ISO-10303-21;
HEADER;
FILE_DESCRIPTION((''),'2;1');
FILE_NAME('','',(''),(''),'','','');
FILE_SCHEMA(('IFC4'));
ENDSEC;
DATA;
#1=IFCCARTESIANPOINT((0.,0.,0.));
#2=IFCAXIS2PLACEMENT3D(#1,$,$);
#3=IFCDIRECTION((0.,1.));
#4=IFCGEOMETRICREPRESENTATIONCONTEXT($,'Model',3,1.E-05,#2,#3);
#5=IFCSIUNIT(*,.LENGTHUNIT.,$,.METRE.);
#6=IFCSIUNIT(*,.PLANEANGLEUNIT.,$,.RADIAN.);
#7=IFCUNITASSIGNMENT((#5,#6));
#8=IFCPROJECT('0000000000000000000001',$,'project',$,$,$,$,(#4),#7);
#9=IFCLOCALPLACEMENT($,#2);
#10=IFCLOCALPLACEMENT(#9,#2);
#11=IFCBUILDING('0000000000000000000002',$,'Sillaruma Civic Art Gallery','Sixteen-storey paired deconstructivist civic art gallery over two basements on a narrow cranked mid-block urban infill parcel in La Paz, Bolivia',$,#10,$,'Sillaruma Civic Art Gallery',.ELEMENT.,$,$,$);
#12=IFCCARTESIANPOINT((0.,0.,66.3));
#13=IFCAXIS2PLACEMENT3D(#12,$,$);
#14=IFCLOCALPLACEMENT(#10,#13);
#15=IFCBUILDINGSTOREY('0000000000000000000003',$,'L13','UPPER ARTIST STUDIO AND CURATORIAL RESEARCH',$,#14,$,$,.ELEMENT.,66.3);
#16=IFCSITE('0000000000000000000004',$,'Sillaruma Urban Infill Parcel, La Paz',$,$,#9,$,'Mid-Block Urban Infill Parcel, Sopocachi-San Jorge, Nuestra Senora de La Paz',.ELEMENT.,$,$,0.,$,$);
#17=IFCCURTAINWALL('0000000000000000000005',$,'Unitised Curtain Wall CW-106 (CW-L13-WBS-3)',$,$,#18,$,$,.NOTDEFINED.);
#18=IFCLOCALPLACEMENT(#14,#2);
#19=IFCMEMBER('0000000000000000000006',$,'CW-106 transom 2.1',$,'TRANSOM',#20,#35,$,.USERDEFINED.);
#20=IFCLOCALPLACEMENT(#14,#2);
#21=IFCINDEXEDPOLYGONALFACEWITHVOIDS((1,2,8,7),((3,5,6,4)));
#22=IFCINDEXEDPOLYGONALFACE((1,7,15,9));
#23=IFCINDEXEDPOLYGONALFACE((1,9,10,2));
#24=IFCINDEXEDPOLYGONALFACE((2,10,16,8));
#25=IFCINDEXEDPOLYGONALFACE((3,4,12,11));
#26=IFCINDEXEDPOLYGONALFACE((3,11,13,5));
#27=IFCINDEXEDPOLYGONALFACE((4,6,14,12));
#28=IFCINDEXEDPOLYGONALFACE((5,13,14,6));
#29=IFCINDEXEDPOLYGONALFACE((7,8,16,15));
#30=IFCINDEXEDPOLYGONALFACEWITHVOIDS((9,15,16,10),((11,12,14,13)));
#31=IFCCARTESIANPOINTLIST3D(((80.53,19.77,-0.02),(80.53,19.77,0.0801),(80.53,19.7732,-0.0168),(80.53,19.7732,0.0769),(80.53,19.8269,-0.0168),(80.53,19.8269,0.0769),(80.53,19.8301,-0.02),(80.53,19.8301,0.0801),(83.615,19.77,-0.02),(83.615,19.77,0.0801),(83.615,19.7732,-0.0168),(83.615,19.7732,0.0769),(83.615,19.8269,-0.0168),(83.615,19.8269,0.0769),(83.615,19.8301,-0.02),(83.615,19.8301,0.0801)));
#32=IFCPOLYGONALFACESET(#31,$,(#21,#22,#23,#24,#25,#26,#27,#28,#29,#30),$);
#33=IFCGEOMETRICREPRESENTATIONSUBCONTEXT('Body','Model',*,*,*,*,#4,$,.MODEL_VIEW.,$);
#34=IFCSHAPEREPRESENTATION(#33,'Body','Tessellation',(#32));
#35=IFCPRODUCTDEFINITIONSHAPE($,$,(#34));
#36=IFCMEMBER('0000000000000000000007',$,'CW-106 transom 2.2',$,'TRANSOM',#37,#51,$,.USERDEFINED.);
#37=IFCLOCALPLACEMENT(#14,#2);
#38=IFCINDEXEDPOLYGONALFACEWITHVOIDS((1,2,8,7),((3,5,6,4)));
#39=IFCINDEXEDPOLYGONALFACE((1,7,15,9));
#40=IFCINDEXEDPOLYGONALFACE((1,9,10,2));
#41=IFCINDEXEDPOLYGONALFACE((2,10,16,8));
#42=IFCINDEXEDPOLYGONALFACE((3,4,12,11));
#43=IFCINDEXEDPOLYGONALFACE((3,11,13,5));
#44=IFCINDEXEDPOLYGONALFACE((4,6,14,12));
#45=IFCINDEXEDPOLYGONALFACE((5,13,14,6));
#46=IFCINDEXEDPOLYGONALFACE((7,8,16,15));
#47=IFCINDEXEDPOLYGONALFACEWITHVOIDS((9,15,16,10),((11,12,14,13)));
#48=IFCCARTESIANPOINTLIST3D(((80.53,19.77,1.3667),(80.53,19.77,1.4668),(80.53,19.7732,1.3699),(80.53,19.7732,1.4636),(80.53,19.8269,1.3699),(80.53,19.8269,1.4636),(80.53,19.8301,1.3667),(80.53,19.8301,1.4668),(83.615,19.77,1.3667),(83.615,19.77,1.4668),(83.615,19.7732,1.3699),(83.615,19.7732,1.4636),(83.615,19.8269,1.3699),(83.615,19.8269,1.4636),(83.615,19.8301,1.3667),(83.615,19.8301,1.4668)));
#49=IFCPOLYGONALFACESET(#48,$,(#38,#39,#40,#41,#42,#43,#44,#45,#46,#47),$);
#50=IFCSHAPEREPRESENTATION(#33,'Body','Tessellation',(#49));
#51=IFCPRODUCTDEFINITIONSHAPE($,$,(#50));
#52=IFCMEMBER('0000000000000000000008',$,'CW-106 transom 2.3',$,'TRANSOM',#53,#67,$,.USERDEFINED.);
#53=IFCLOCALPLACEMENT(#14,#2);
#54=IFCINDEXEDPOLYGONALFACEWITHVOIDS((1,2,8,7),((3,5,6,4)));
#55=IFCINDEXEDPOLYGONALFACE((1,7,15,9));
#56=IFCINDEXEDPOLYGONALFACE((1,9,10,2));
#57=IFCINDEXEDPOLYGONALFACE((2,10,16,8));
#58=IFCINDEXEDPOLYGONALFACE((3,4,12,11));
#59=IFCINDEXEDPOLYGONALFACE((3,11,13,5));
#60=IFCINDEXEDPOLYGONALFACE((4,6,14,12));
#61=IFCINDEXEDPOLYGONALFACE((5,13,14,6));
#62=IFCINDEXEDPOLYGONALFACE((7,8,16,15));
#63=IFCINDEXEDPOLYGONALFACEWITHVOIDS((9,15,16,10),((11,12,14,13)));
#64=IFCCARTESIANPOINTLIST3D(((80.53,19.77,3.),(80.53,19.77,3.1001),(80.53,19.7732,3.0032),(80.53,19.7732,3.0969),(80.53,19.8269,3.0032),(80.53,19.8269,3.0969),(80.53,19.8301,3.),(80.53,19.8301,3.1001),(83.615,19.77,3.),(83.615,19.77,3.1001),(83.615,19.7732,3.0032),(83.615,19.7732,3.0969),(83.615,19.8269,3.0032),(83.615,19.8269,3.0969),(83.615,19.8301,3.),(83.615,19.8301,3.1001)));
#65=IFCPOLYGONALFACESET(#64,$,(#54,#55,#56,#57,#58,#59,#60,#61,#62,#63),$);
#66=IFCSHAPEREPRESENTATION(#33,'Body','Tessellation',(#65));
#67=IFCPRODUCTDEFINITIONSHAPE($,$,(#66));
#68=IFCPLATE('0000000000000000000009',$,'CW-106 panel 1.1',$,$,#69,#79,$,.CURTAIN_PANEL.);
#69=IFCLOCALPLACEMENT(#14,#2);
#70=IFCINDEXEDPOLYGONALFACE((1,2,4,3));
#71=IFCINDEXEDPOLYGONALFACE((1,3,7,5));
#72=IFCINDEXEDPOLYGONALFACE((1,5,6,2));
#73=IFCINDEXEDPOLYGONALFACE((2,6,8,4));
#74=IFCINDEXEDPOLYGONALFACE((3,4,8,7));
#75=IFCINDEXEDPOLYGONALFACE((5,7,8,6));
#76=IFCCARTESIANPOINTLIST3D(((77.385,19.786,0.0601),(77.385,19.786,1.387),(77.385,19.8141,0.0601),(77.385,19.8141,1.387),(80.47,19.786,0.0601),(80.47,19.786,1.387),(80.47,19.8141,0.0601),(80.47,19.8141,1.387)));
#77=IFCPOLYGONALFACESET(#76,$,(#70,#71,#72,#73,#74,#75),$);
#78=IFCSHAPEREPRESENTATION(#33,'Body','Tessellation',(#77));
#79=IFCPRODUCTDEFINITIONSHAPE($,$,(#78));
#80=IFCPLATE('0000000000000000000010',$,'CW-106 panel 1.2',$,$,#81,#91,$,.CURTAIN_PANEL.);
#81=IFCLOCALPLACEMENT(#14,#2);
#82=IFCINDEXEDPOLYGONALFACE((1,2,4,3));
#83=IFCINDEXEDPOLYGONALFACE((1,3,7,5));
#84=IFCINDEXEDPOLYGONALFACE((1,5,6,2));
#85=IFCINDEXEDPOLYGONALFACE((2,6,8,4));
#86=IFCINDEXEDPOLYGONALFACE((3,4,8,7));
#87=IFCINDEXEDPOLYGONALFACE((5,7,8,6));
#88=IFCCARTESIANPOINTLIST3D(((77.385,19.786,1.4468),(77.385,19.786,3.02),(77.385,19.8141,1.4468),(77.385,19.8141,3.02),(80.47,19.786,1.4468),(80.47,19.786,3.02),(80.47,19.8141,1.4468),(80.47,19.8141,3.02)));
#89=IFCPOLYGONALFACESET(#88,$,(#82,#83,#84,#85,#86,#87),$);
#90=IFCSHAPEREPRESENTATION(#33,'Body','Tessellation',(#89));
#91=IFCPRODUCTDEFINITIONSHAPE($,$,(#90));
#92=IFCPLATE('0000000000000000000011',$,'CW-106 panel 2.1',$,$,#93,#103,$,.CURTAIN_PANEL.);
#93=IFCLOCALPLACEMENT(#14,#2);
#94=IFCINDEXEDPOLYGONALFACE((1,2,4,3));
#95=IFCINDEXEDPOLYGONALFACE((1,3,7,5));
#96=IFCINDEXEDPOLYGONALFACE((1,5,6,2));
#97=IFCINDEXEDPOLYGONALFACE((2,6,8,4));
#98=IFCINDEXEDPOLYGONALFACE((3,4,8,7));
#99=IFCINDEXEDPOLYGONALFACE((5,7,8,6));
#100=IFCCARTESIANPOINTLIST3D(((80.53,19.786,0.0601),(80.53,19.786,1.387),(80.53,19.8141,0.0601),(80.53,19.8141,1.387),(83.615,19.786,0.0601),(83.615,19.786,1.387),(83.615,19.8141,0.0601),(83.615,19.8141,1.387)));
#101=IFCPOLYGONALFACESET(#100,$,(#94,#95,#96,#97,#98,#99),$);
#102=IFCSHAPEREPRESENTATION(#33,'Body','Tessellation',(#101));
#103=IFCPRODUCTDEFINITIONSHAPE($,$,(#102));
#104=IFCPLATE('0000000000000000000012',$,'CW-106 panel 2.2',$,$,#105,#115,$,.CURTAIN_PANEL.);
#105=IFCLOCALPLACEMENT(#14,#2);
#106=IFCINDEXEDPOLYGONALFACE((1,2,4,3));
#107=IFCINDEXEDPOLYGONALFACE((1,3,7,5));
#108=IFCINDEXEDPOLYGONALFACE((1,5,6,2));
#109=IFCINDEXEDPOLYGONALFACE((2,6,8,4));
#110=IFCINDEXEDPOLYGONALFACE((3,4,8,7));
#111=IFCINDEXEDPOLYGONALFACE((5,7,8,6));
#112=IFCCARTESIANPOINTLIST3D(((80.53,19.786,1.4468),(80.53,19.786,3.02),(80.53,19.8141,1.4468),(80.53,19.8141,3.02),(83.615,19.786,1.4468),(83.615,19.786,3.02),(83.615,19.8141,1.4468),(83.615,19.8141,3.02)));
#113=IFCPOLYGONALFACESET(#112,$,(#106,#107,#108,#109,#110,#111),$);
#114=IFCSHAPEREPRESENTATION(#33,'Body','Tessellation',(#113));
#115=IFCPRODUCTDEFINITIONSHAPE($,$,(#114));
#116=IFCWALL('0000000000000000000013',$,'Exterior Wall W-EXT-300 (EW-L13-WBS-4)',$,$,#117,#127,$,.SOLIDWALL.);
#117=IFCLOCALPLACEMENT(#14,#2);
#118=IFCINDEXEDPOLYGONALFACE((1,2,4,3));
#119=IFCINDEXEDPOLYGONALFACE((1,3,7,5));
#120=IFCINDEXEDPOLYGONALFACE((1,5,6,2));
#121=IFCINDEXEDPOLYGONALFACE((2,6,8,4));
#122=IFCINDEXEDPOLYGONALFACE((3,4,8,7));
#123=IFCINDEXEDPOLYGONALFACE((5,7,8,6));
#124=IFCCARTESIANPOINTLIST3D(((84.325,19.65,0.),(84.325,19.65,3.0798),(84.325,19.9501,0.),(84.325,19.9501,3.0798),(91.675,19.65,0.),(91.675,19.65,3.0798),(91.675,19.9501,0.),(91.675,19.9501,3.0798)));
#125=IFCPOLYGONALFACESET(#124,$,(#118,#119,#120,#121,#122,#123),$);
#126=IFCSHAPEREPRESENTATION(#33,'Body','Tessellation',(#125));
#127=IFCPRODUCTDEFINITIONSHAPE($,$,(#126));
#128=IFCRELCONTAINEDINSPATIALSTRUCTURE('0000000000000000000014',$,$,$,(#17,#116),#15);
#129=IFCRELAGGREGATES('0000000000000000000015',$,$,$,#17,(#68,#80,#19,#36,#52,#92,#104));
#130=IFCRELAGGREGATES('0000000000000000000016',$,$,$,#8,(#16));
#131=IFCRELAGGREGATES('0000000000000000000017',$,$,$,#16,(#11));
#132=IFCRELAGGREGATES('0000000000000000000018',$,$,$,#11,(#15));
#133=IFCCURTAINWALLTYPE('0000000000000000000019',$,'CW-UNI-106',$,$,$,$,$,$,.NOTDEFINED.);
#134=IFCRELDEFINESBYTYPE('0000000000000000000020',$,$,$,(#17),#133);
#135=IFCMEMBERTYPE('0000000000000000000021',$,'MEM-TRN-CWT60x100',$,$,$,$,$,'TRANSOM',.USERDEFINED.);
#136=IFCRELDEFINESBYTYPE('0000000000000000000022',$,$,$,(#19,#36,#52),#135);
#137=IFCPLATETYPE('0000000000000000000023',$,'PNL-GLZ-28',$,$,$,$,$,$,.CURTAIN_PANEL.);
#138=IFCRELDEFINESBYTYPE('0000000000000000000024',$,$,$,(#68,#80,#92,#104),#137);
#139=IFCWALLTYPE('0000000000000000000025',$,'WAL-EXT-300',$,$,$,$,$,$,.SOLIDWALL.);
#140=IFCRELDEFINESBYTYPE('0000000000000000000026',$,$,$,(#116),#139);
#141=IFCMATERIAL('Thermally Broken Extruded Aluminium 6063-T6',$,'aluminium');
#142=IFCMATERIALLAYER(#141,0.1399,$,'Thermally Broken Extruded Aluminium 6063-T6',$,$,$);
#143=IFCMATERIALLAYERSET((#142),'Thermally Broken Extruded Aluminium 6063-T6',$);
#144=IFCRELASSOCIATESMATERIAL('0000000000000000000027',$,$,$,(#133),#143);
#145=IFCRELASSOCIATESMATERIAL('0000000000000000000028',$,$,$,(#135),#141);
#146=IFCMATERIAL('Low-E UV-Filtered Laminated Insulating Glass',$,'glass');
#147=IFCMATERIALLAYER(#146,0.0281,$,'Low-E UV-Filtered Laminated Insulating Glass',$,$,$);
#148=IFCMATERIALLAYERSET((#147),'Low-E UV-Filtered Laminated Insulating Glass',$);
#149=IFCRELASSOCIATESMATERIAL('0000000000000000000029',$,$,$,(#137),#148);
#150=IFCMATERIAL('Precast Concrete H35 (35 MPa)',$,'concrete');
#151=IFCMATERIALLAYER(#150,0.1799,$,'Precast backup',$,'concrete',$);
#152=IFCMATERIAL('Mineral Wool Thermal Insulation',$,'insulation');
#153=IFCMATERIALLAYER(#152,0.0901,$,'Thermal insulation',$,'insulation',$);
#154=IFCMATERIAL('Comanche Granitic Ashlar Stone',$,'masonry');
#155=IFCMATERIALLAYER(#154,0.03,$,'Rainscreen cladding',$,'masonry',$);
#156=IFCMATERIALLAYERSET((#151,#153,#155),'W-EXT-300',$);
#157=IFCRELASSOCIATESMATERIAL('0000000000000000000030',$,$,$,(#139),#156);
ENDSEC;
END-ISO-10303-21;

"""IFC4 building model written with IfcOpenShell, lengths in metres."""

from ifc_helpers import new_model, si_unit, direction, frame, frame_2d, origin, origin_2d, place, context, subcontext, project, spatial, rectangle, hollow_rectangle, extrude, material, layer, layer_set, material_profile, profile_set, type_object, element, aggregate, save


model = new_model("IFC4")

# Units and contexts
model_context = context("Model", 3, precision=1e-05, world=origin(), true_north=direction((0.0, 1.0)))
body_context = subcontext(model_context, "Body", "Model", "MODEL_VIEW")
ifc_project = project(units=[si_unit("LENGTHUNIT", "METRE"), si_unit("PLANEANGLEUNIT", "RADIAN")], contexts=[model_context])

# Site, building, storey
site_placement = place(None, origin())
site = spatial("IfcSite", under=ifc_project, at=site_placement, Name="Sillaruma Urban Infill Parcel, La Paz", LongName="Mid-Block Urban Infill Parcel, Sopocachi-San Jorge, Nuestra Senora de La Paz", CompositionType="ELEMENT", RefElevation=0.0)
building_placement = place(site_placement, origin())
building = spatial("IfcBuilding", under=site, at=building_placement, Name="Sillaruma Civic Art Gallery", Description="Sixteen-storey paired deconstructivist civic art gallery over two basements on a narrow cranked mid-block urban infill parcel in La Paz, Bolivia", LongName="Sillaruma Civic Art Gallery", CompositionType="ELEMENT")
storey_placement = place(building_placement, frame((0.0, 0.0, 66.3)))
storey = spatial("IfcBuildingStorey", under=building, at=storey_placement, Name="L13", Description="UPPER ARTIST STUDIO AND CURATORIAL RESEARCH", CompositionType="ELEMENT", Elevation=66.3)

# Curtain wall, members, plates
ifc_material_1 = material(Name="Thermally Broken Extruded Aluminium 6063-T6", Category="aluminium")
ifc_layer_1 = layer(ifc_material_1, 0.1399, Name="Thermally Broken Extruded Aluminium 6063-T6")
ifc_layer_set_1 = layer_set([ifc_layer_1], Name="Thermally Broken Extruded Aluminium 6063-T6")
curtain_wall_type = type_object("IfcCurtainWallType", Name="CW-UNI-106", PredefinedType="NOTDEFINED", material=ifc_layer_set_1)
curtain_wall_placement = place(storey_placement, origin())
curtain_wall = element("IfcCurtainWall", 1, at=curtain_wall_placement, inside=storey, type_object=curtain_wall_type, Name="Unitised Curtain Wall CW-106 (CW-L13-WBS-3)", PredefinedType="NOTDEFINED")
ifc_material_profile_1 = material_profile(ifc_material_1, hollow_rectangle(XDim=0.0601, YDim=0.1001, WallThickness=0.0032, at=origin_2d()), Name="CWT60x100")
ifc_profile_set_1 = profile_set([ifc_material_profile_1], Name="Thermally Broken Extruded Aluminium 6063-T6")
member_type_1 = type_object("IfcMemberType", Name="MEM-TRN-CWT60x100", ElementType="TRANSOM", PredefinedType="USERDEFINED", material=ifc_profile_set_1)
member_1_placement = place(storey_placement, frame((80.53, 19.8, 0.03), z_axis=(1.0, 0.0, 0.0), x_axis=(0.0, 1.0, 0.0)))
member_1 = element("IfcMember", 2, at=member_1_placement, type_object=member_type_1, Name="CW-106 transom 2.1", ObjectType="TRANSOM", PredefinedType="USERDEFINED", context=body_context, shape_type="SweptSolid", body=[
    extrude(hollow_rectangle(XDim=0.0601, YDim=0.1001, WallThickness=0.0032, at=origin_2d()), origin(), (0.0, 0.0, 1.0), 3.085),
])
member_2_placement = place(storey_placement, frame((80.53, 19.8, 1.4167), z_axis=(1.0, 0.0, 0.0), x_axis=(0.0, 1.0, 0.0)))
member_2 = element("IfcMember", 3, at=member_2_placement, type_object=member_type_1, Name="CW-106 transom 2.2", ObjectType="TRANSOM", PredefinedType="USERDEFINED", context=body_context, shape_type="SweptSolid", body=[
    extrude(hollow_rectangle(XDim=0.0601, YDim=0.1001, WallThickness=0.0032, at=origin_2d()), origin(), (0.0, 0.0, 1.0), 3.085),
])
member_3_placement = place(storey_placement, frame((80.53, 19.8, 3.05), z_axis=(1.0, 0.0, 0.0), x_axis=(0.0, 1.0, 0.0)))
member_3 = element("IfcMember", 4, at=member_3_placement, type_object=member_type_1, Name="CW-106 transom 2.3", ObjectType="TRANSOM", PredefinedType="USERDEFINED", context=body_context, shape_type="SweptSolid", body=[
    extrude(hollow_rectangle(XDim=0.0601, YDim=0.1001, WallThickness=0.0032, at=origin_2d()), origin(), (0.0, 0.0, 1.0), 3.085),
])
ifc_material_2 = material(Name="Low-E UV-Filtered Laminated Insulating Glass", Category="glass")
ifc_layer_2 = layer(ifc_material_2, 0.0281, Name="Low-E UV-Filtered Laminated Insulating Glass")
ifc_layer_set_2 = layer_set([ifc_layer_2], Name="Low-E UV-Filtered Laminated Insulating Glass")
plate_type = type_object("IfcPlateType", Name="PNL-GLZ-28", PredefinedType="CURTAIN_PANEL", material=ifc_layer_set_2)
plate_1_placement = place(storey_placement, frame((78.9275, 19.8, 0.0601), z_axis=(0.0, 0.0, 1.0), x_axis=(1.0, 0.0, 0.0)))
plate_1 = element("IfcPlate", 5, at=plate_1_placement, type_object=plate_type, Name="CW-106 panel 1.1", PredefinedType="CURTAIN_PANEL", context=body_context, shape_type="SweptSolid", body=[
    extrude(rectangle(XDim=3.085, YDim=0.0281, at=origin_2d()), origin(), (0.0, 0.0, 1.0), 1.3269),
])
plate_2_placement = place(storey_placement, frame((78.9275, 19.8, 1.4468), z_axis=(0.0, 0.0, 1.0), x_axis=(1.0, 0.0, 0.0)))
plate_2 = element("IfcPlate", 6, at=plate_2_placement, type_object=plate_type, Name="CW-106 panel 1.2", PredefinedType="CURTAIN_PANEL", context=body_context, shape_type="SweptSolid", body=[
    extrude(rectangle(XDim=3.085, YDim=0.0281, at=origin_2d()), origin(), (0.0, 0.0, 1.0), 1.5732),
])
plate_3_placement = place(storey_placement, frame((82.0725, 19.8, 0.0601), z_axis=(0.0, 0.0, 1.0), x_axis=(1.0, 0.0, 0.0)))
plate_3 = element("IfcPlate", 7, at=plate_3_placement, type_object=plate_type, Name="CW-106 panel 2.1", PredefinedType="CURTAIN_PANEL", context=body_context, shape_type="SweptSolid", body=[
    extrude(rectangle(XDim=3.085, YDim=0.0281, at=origin_2d()), origin(), (0.0, 0.0, 1.0), 1.3269),
])
plate_4_placement = place(storey_placement, frame((82.0725, 19.8, 1.4468), z_axis=(0.0, 0.0, 1.0), x_axis=(1.0, 0.0, 0.0)))
plate_4 = element("IfcPlate", 8, at=plate_4_placement, type_object=plate_type, Name="CW-106 panel 2.2", PredefinedType="CURTAIN_PANEL", context=body_context, shape_type="SweptSolid", body=[
    extrude(rectangle(XDim=3.085, YDim=0.0281, at=origin_2d()), origin(), (0.0, 0.0, 1.0), 1.5732),
])
aggregate(curtain_wall, [plate_1, plate_2, member_1, member_2, member_3, plate_3, plate_4])

# Wall
ifc_material_3 = material(Name="Precast Concrete H35 (35 MPa)", Category="concrete")
ifc_layer_3 = layer(ifc_material_3, 0.1799, Name="Precast backup", Category="concrete")
ifc_material_4 = material(Name="Mineral Wool Thermal Insulation", Category="insulation")
ifc_layer_4 = layer(ifc_material_4, 0.0901, Name="Thermal insulation", Category="insulation")
ifc_material_5 = material(Name="Comanche Granitic Ashlar Stone", Category="masonry")
ifc_layer_5 = layer(ifc_material_5, 0.03, Name="Rainscreen cladding", Category="masonry")
ifc_layer_set_3 = layer_set([ifc_layer_3, ifc_layer_4, ifc_layer_5], Name="W-EXT-300")
wall_type = type_object("IfcWallType", Name="WAL-EXT-300", PredefinedType="SOLIDWALL", material=ifc_layer_set_3)
wall_placement = place(storey_placement, frame((84.325, 19.8, 0.0), z_axis=(0.0, 0.0, 1.0), x_axis=(1.0, 0.0, 0.0)))
element("IfcWall", 9, at=wall_placement, inside=storey, type_object=wall_type, Name="Exterior Wall W-EXT-300 (EW-L13-WBS-4)", PredefinedType="SOLIDWALL", context=body_context, shape_type="SweptSolid", body=[
    extrude(rectangle(XDim=7.3501, YDim=0.3, at=frame_2d((3.675, 0.0))), origin(), (0.0, 0.0, 1.0), 3.0798),
])

save(model, "model.ifc")
